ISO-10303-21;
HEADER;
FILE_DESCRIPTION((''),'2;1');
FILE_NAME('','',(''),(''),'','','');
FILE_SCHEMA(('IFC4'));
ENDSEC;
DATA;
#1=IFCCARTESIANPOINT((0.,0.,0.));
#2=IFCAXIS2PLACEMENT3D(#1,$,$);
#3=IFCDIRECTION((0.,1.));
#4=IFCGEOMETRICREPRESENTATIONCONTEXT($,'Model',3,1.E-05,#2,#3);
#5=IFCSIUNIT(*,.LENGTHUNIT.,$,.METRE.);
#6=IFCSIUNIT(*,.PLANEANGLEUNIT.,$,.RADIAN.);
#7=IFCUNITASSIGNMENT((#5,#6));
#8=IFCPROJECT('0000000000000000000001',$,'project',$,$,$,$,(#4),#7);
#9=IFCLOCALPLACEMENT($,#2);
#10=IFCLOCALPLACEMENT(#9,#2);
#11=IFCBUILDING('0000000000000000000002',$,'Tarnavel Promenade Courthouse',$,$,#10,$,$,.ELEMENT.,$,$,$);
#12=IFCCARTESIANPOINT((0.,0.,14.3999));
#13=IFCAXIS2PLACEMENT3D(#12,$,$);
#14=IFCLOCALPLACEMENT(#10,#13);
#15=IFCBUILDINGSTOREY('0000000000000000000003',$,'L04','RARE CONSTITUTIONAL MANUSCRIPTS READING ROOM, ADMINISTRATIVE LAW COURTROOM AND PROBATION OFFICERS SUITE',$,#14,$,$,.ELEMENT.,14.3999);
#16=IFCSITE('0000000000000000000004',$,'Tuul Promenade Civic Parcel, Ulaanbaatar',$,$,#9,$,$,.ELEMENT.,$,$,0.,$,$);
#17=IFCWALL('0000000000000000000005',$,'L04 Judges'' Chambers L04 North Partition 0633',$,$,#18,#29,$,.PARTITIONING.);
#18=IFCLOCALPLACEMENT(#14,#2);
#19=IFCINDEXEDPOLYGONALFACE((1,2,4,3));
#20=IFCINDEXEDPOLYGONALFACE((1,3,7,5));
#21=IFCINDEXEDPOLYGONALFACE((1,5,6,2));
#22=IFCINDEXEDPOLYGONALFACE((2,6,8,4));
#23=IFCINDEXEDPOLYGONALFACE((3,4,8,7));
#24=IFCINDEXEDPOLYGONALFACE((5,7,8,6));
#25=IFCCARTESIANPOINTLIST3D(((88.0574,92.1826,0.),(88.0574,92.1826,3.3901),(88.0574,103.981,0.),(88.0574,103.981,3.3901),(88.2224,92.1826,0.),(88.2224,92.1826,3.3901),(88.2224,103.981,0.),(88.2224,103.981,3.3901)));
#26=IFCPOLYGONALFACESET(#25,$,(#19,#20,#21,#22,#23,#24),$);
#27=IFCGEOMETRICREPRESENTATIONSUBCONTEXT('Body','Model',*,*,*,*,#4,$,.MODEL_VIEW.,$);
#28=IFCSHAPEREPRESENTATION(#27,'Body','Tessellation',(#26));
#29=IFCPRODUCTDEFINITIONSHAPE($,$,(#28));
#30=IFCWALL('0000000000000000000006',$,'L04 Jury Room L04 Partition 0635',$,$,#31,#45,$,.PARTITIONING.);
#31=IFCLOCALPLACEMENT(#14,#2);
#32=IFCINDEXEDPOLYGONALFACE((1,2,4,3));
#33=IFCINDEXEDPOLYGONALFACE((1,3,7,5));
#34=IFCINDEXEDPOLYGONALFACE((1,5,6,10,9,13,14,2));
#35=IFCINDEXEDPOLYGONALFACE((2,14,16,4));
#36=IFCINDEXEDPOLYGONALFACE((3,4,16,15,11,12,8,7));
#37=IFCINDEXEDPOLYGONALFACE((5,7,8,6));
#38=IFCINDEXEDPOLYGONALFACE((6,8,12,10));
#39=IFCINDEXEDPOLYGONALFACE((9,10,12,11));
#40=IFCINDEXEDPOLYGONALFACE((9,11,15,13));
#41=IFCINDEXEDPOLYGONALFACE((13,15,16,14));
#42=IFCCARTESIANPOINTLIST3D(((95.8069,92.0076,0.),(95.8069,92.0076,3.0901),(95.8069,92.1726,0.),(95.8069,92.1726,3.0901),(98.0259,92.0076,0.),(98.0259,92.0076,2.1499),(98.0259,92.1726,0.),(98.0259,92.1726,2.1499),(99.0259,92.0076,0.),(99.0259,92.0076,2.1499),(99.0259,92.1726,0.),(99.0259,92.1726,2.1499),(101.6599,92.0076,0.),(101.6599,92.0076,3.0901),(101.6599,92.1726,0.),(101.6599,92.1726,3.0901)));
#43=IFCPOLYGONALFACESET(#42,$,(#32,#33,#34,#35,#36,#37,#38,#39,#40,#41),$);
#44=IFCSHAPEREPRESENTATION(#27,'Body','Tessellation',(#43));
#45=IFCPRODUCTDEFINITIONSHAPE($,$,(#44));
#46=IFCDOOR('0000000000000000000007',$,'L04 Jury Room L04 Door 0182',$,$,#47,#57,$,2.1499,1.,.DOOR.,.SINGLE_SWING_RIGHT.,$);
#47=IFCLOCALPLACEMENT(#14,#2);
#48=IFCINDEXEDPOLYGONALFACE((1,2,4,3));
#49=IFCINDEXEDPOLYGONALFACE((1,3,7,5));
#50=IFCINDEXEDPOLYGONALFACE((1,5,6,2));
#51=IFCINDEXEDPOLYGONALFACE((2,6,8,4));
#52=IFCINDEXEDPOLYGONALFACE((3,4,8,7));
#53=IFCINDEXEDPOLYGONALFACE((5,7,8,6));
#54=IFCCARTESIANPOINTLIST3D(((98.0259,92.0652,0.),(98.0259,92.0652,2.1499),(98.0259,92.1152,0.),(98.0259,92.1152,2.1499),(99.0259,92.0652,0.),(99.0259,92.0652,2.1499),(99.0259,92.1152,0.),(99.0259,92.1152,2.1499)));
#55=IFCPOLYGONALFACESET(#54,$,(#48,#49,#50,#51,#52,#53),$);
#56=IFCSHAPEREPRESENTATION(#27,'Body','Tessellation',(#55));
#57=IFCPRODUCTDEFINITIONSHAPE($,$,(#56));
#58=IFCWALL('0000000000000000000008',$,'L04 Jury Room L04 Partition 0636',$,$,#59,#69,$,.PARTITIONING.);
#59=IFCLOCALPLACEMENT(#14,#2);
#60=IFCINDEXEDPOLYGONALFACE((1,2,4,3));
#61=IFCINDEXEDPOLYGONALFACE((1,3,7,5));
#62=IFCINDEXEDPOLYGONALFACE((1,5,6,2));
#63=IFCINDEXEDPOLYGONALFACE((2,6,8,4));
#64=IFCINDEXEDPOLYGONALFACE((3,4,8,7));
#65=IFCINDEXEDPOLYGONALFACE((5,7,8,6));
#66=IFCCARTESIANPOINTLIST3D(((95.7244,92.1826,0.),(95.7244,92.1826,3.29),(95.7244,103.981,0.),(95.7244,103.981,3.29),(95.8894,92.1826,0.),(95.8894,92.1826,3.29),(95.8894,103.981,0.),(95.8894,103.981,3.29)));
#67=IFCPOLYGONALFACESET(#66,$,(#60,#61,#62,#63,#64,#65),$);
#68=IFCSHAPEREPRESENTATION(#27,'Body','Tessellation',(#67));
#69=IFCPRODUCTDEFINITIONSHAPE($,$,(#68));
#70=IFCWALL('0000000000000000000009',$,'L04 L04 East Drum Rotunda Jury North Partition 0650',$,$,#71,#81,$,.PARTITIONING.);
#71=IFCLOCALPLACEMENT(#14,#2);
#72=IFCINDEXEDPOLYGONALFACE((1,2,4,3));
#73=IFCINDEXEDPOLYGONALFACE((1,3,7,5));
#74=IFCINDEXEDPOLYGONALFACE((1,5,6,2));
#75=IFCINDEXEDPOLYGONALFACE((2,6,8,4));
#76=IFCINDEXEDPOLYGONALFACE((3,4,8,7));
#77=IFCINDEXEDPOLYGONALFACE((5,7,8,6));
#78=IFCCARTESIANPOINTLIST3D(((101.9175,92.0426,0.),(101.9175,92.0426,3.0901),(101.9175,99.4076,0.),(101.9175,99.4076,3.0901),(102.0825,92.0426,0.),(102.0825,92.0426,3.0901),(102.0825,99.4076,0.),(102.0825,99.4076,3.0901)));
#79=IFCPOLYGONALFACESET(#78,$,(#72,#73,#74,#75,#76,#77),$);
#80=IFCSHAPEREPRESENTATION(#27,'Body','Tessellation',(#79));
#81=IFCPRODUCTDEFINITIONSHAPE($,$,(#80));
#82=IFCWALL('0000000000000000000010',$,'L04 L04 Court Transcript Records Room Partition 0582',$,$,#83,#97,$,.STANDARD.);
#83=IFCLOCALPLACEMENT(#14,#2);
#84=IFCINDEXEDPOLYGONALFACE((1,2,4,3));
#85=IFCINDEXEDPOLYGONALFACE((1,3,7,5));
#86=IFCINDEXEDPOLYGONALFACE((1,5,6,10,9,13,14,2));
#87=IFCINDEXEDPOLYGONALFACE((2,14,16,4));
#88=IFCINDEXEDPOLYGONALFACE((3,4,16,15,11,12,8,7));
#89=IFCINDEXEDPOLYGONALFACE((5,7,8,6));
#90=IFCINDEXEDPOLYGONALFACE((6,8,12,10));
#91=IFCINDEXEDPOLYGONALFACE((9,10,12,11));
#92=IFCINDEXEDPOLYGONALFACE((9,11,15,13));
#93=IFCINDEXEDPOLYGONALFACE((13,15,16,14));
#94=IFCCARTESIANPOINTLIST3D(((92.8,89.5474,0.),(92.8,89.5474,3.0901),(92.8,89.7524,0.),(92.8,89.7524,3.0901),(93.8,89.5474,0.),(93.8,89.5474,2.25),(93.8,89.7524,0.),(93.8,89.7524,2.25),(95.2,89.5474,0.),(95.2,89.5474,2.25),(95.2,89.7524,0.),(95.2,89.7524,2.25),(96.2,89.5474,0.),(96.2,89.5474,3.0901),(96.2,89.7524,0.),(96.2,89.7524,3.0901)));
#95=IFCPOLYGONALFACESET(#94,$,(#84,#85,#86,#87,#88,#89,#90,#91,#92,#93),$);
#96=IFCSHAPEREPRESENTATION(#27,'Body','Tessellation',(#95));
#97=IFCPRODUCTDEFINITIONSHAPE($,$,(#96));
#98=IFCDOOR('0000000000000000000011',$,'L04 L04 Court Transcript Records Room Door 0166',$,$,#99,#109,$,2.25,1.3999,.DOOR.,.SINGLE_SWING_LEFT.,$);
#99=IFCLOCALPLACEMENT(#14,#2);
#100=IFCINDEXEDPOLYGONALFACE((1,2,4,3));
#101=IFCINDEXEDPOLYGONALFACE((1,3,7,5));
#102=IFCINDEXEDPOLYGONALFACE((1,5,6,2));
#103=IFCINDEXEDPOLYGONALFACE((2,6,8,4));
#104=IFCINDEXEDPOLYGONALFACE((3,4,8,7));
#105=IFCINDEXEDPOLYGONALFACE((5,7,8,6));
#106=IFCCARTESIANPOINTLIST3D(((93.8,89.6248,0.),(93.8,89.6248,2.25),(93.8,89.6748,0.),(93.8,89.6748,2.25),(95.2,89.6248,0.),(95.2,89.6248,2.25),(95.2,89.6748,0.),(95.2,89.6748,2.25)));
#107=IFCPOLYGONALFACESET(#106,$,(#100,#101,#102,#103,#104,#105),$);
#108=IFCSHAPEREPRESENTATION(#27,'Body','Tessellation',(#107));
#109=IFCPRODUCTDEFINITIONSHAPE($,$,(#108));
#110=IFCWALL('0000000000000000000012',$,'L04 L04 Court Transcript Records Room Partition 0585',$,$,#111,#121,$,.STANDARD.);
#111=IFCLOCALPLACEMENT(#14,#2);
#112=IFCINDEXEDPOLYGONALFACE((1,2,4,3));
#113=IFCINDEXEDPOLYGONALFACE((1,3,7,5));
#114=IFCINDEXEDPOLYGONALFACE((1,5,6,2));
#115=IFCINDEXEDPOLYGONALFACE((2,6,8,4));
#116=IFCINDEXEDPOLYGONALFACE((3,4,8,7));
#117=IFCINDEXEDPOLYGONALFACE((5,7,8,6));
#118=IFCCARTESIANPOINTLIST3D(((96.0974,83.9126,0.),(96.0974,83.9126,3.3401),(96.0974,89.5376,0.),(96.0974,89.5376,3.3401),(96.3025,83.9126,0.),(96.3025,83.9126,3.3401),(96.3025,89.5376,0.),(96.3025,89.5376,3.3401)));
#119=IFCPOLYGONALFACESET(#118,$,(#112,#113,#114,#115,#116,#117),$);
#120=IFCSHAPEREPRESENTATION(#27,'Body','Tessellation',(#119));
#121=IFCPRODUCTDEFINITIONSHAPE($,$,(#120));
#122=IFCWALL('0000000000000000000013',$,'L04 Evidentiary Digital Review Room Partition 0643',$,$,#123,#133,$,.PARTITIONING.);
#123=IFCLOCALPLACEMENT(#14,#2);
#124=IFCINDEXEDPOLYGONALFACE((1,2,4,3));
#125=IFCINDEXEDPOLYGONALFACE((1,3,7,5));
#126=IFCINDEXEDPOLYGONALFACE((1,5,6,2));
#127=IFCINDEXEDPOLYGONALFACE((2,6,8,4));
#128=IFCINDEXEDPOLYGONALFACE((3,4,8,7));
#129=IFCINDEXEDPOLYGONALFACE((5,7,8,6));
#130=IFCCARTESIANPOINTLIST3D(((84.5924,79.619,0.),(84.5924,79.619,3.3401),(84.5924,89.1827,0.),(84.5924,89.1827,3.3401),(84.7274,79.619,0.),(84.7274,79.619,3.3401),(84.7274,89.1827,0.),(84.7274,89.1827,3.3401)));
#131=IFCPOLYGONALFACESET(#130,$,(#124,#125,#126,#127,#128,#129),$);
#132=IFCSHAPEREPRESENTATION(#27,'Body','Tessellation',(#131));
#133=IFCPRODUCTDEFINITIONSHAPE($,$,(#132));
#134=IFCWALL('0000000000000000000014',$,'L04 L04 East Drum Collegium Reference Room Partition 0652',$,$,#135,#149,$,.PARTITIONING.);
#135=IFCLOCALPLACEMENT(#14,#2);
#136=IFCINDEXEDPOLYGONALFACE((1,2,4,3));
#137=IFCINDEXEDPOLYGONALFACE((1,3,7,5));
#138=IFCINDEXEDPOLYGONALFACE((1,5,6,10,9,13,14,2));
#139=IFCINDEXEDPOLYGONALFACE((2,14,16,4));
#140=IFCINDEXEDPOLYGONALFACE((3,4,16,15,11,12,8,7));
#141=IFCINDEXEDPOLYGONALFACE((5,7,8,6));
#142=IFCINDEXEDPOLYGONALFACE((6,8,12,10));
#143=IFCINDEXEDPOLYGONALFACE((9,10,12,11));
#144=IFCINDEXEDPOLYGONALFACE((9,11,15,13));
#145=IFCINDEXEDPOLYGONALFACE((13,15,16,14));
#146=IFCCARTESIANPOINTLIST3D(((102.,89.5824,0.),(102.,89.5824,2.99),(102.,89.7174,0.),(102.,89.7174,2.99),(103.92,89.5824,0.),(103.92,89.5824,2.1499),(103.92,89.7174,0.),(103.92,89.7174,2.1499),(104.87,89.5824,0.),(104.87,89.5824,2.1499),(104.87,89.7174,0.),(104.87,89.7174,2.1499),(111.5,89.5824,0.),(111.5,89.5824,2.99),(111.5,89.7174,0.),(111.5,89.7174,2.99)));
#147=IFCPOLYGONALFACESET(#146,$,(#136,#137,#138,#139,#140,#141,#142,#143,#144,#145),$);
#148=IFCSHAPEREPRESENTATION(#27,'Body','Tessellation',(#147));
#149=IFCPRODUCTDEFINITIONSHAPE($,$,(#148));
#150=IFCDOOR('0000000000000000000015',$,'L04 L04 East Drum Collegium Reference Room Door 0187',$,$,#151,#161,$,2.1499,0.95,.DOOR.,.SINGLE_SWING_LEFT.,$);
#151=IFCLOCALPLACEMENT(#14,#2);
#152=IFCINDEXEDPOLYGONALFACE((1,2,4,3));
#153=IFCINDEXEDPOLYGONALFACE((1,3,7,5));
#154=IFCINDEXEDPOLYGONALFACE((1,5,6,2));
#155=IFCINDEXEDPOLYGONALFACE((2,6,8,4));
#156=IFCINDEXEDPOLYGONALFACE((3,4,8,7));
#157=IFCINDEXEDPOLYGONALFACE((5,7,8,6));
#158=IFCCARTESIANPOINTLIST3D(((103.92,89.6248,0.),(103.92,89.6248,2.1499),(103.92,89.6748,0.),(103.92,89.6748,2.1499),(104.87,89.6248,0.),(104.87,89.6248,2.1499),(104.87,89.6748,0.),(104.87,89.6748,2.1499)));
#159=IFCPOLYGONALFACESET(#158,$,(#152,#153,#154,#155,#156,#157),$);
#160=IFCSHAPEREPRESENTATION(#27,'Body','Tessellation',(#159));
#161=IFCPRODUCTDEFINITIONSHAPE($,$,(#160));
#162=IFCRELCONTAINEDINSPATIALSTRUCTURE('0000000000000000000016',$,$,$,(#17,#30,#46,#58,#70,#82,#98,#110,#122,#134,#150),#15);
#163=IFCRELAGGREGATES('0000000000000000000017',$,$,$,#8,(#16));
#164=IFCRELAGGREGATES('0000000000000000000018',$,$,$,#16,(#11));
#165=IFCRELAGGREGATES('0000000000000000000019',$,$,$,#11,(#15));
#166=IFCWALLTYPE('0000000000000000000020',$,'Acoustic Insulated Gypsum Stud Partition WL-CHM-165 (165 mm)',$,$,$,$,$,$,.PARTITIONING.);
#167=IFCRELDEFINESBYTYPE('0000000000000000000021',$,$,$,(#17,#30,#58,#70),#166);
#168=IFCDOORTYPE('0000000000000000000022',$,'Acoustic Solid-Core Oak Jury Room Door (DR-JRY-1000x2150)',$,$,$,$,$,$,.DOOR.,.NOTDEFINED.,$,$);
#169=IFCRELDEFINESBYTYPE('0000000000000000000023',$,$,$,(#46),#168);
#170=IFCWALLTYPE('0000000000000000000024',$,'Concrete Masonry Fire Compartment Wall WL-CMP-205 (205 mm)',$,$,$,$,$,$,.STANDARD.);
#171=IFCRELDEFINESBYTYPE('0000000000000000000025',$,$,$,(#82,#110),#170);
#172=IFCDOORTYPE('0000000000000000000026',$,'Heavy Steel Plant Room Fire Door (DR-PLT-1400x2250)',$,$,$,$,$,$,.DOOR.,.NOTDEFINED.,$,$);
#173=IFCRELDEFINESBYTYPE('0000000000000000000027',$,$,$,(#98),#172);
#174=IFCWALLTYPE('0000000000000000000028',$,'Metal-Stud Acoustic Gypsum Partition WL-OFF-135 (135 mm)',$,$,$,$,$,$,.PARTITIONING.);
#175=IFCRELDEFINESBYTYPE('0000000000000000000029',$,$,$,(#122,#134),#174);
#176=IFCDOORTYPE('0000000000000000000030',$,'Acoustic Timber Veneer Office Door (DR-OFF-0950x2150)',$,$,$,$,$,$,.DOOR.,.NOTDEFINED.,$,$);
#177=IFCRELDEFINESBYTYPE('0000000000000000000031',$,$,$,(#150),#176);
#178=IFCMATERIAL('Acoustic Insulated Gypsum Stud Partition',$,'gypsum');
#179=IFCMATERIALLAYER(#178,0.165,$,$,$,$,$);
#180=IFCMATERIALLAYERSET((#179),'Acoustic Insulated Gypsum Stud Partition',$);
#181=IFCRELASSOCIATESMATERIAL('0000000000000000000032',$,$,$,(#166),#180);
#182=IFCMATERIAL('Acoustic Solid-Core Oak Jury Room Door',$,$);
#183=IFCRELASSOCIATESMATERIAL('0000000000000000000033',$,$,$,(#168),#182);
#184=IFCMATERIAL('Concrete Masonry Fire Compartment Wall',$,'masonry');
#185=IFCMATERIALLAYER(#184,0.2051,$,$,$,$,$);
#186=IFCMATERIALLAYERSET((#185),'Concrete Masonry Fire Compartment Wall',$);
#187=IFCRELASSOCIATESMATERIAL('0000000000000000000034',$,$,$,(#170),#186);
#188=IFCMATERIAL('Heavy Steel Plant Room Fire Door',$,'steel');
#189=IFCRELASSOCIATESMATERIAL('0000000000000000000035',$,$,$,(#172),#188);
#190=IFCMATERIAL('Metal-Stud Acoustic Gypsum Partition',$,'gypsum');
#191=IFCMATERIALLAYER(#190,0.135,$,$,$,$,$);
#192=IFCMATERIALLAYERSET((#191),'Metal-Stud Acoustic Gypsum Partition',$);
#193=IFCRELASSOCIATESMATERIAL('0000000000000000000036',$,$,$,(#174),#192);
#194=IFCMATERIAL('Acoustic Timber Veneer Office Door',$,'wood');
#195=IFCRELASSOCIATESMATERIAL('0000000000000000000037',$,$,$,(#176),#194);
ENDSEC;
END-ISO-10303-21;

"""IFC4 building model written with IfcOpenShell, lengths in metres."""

from ifc_helpers import new_model, si_unit, direction, frame, frame_2d, origin, place, context, subcontext, project, spatial, rectangle, extrude, material, layer, layer_set, type_object, element, fill, save


model = new_model("IFC4")

# Units and contexts
model_context = context("Model", 3, precision=1e-05, world=origin(), true_north=direction((0.0, 1.0)))
body_context = subcontext(model_context, "Body", "Model", "MODEL_VIEW")
ifc_project = project(units=[si_unit("LENGTHUNIT", "METRE"), si_unit("PLANEANGLEUNIT", "RADIAN")], contexts=[model_context])

# Site, building, storey
site_placement = place(None, origin())
site = spatial("IfcSite", under=ifc_project, at=site_placement, Name="Tuul Promenade Civic Parcel, Ulaanbaatar", CompositionType="ELEMENT", RefElevation=0.0)
building_placement = place(site_placement, origin())
building = spatial("IfcBuilding", under=site, at=building_placement, Name="Tarnavel Promenade Courthouse", CompositionType="ELEMENT")
storey_placement = place(building_placement, frame((0.0, 0.0, 14.3999)))
storey = spatial("IfcBuildingStorey", under=building, at=storey_placement, Name="L04", Description="RARE CONSTITUTIONAL MANUSCRIPTS READING ROOM, ADMINISTRATIVE LAW COURTROOM AND PROBATION OFFICERS SUITE", CompositionType="ELEMENT", Elevation=14.3999)

# Shared definitions
ifc_material_1 = material(Name="Acoustic Insulated Gypsum Stud Partition", Category="gypsum")
ifc_layer_1 = layer(ifc_material_1, 0.165)
ifc_layer_set_1 = layer_set([ifc_layer_1], Name="Acoustic Insulated Gypsum Stud Partition")
wall_type_1 = type_object("IfcWallType", Name="Acoustic Insulated Gypsum Stud Partition WL-CHM-165 (165 mm)", PredefinedType="PARTITIONING", material=ifc_layer_set_1)
ifc_material_2 = material(Name="Acoustic Solid-Core Oak Jury Room Door")
door_type_1 = type_object("IfcDoorType", Name="Acoustic Solid-Core Oak Jury Room Door (DR-JRY-1000x2150)", OperationType="NOTDEFINED", PredefinedType="DOOR", material=ifc_material_2)

# Wall
wall_1_placement = place(storey_placement, frame((88.1399, 92.1826, 0.0), z_axis=(0.0, 0.0, 1.0), x_axis=(0.0, 1.0, 0.0)))
element("IfcWall", 1, at=wall_1_placement, inside=storey, type_object=wall_type_1, Name="L04 Judges' Chambers L04 North Partition 0633", PredefinedType="PARTITIONING", context=body_context, shape_type="SweptSolid", body=[
    extrude(rectangle(XDim=11.7983, YDim=0.165, at=frame_2d((5.8992, 0.0))), origin(), (0.0, 0.0, 1.0), 3.3901),
])

# Wall, opening, door
wall_2_placement = place(storey_placement, frame((101.6599, 92.0901, 0.0), z_axis=(0.0, 0.0, 1.0), x_axis=(-1.0, 0.0, 0.0)))
wall_2 = element("IfcWall", 2, at=wall_2_placement, inside=storey, type_object=wall_type_1, Name="L04 Jury Room L04 Partition 0635", PredefinedType="PARTITIONING", context=body_context, shape_type="SweptSolid", body=[
    extrude(rectangle(XDim=5.853, YDim=0.165, at=frame_2d((2.9265, 0.0))), origin(), (0.0, 0.0, 1.0), 3.0901),
])
opening_1_placement = place(wall_2_placement, frame((2.634, 0.0, 0.0)))
opening_1 = element("IfcOpeningElement", 3, at=opening_1_placement, cuts=wall_2, PredefinedType="OPENING", context=body_context, shape_type="SweptSolid", body=[
    extrude(rectangle(XDim=1.0, YDim=2.1499, at=frame_2d((0.5, 1.075))), frame((0.0, 0.0925, 0.0), z_axis=(0.0, -1.0, 0.0), x_axis=(1.0, 0.0, 0.0)), (0.0, 0.0, 1.0), 0.1851),
])
door_1_placement = place(opening_1_placement, origin())
door_1 = element("IfcDoor", 4, at=door_1_placement, inside=storey, type_object=door_type_1, Name="L04 Jury Room L04 Door 0182", OperationType="SINGLE_SWING_RIGHT", OverallHeight=2.1499, OverallWidth=1.0, PredefinedType="DOOR", context=body_context, shape_type="SweptSolid", body=[
    extrude(rectangle(XDim=1.0, YDim=2.1499, at=frame_2d((0.5, 1.075))), frame((0.0, 0.0249, 0.0), z_axis=(0.0, -1.0, 0.0), x_axis=(1.0, 0.0, 0.0)), (0.0, 0.0, 1.0), 0.05),
])
fill(opening_1, door_1)

# Walls
wall_3_placement = place(storey_placement, frame((95.8069, 92.1826, 0.0), z_axis=(0.0, 0.0, 1.0), x_axis=(0.0, 1.0, 0.0)))
element("IfcWall", 5, at=wall_3_placement, inside=storey, type_object=wall_type_1, Name="L04 Jury Room L04 Partition 0636", PredefinedType="PARTITIONING", context=body_context, shape_type="SweptSolid", body=[
    extrude(rectangle(XDim=11.7983, YDim=0.165, at=frame_2d((5.8992, 0.0))), origin(), (0.0, 0.0, 1.0), 3.29),
])
wall_4_placement = place(storey_placement, frame((102.0, 92.0425, 0.0), z_axis=(0.0, 0.0, 1.0), x_axis=(0.0, 1.0, 0.0)))
element("IfcWall", 6, at=wall_4_placement, inside=storey, type_object=wall_type_1, Name="L04 L04 East Drum Rotunda Jury North Partition 0650", PredefinedType="PARTITIONING", context=body_context, shape_type="SweptSolid", body=[
    extrude(rectangle(XDim=7.365, YDim=0.165, at=frame_2d((3.6826, 0.0))), origin(), (0.0, 0.0, 1.0), 3.0901),
])

# Wall, opening, door
ifc_material_3 = material(Name="Concrete Masonry Fire Compartment Wall", Category="masonry")
ifc_layer_2 = layer(ifc_material_3, 0.2051)
ifc_layer_set_2 = layer_set([ifc_layer_2], Name="Concrete Masonry Fire Compartment Wall")
wall_type_2 = type_object("IfcWallType", Name="Concrete Masonry Fire Compartment Wall WL-CMP-205 (205 mm)", PredefinedType="STANDARD", material=ifc_layer_set_2)
wall_5_placement = place(storey_placement, frame((92.8, 89.6499, 0.0), z_axis=(0.0, 0.0, 1.0), x_axis=(1.0, 0.0, 0.0)))
wall_5 = element("IfcWall", 7, at=wall_5_placement, inside=storey, type_object=wall_type_2, Name="L04 L04 Court Transcript Records Room Partition 0582", PredefinedType="STANDARD", context=body_context, shape_type="SweptSolid", body=[
    extrude(rectangle(XDim=3.3999, YDim=0.2051, at=frame_2d((1.7, 0.0))), origin(), (0.0, 0.0, 1.0), 3.0901),
])
opening_2_placement = place(wall_5_placement, frame((1.0, 0.0, 0.0)))
opening_2 = element("IfcOpeningElement", 8, at=opening_2_placement, cuts=wall_5, PredefinedType="OPENING", context=body_context, shape_type="SweptSolid", body=[
    extrude(rectangle(XDim=1.3999, YDim=2.25, at=frame_2d((0.7, 1.125))), frame((0.0, 0.1125, 0.0), z_axis=(0.0, -1.0, 0.0), x_axis=(1.0, 0.0, 0.0)), (0.0, 0.0, 1.0), 0.2251),
])
ifc_material_4 = material(Name="Heavy Steel Plant Room Fire Door", Category="steel")
door_type_2 = type_object("IfcDoorType", Name="Heavy Steel Plant Room Fire Door (DR-PLT-1400x2250)", OperationType="NOTDEFINED", PredefinedType="DOOR", material=ifc_material_4)
door_2_placement = place(opening_2_placement, origin())
door_2 = element("IfcDoor", 9, at=door_2_placement, inside=storey, type_object=door_type_2, Name="L04 L04 Court Transcript Records Room Door 0166", OperationType="SINGLE_SWING_LEFT", OverallHeight=2.25, OverallWidth=1.3999, PredefinedType="DOOR", context=body_context, shape_type="SweptSolid", body=[
    extrude(rectangle(XDim=1.3999, YDim=2.25, at=frame_2d((0.7, 1.125))), frame((0.0, 0.0249, 0.0), z_axis=(0.0, -1.0, 0.0), x_axis=(1.0, 0.0, 0.0)), (0.0, 0.0, 1.0), 0.05),
])
fill(opening_2, door_2)

# Walls
wall_6_placement = place(storey_placement, frame((96.2, 89.5376, 0.0), z_axis=(0.0, 0.0, 1.0), x_axis=(0.0, -1.0, 0.0)))
element("IfcWall", 10, at=wall_6_placement, inside=storey, type_object=wall_type_2, Name="L04 L04 Court Transcript Records Room Partition 0585", PredefinedType="STANDARD", context=body_context, shape_type="SweptSolid", body=[
    extrude(rectangle(XDim=5.625, YDim=0.2051, at=frame_2d((2.8125, 0.0))), origin(), (0.0, 0.0, 1.0), 3.3401),
])
ifc_material_5 = material(Name="Metal-Stud Acoustic Gypsum Partition", Category="gypsum")
ifc_layer_3 = layer(ifc_material_5, 0.135)
ifc_layer_set_3 = layer_set([ifc_layer_3], Name="Metal-Stud Acoustic Gypsum Partition")
wall_type_3 = type_object("IfcWallType", Name="Metal-Stud Acoustic Gypsum Partition WL-OFF-135 (135 mm)", PredefinedType="PARTITIONING", material=ifc_layer_set_3)
wall_7_placement = place(storey_placement, frame((84.6599, 89.1826, 0.0), z_axis=(0.0, 0.0, 1.0), x_axis=(0.0, -1.0, 0.0)))
element("IfcWall", 11, at=wall_7_placement, inside=storey, type_object=wall_type_3, Name="L04 Evidentiary Digital Review Room Partition 0643", PredefinedType="PARTITIONING", context=body_context, shape_type="SweptSolid", body=[
    extrude(rectangle(XDim=9.5637, YDim=0.135, at=frame_2d((4.7817, 0.0))), origin(), (0.0, 0.0, 1.0), 3.3401),
])

# Wall, opening, door
wall_8_placement = place(storey_placement, frame((102.0, 89.6499, 0.0), z_axis=(0.0, 0.0, 1.0), x_axis=(1.0, 0.0, 0.0)))
wall_8 = element("IfcWall", 12, at=wall_8_placement, inside=storey, type_object=wall_type_3, Name="L04 L04 East Drum Collegium Reference Room Partition 0652", PredefinedType="PARTITIONING", context=body_context, shape_type="SweptSolid", body=[
    extrude(rectangle(XDim=9.5, YDim=0.135, at=frame_2d((4.75, 0.0))), origin(), (0.0, 0.0, 1.0), 2.99),
])
opening_3_placement = place(wall_8_placement, frame((1.9199, 0.0, 0.0)))
opening_3 = element("IfcOpeningElement", 13, at=opening_3_placement, cuts=wall_8, PredefinedType="OPENING", context=body_context, shape_type="SweptSolid", body=[
    extrude(rectangle(XDim=0.95, YDim=2.1499, at=frame_2d((0.4751, 1.075))), frame((0.0, 0.0774, 0.0), z_axis=(0.0, -1.0, 0.0), x_axis=(1.0, 0.0, 0.0)), (0.0, 0.0, 1.0), 0.155),
])
ifc_material_6 = material(Name="Acoustic Timber Veneer Office Door", Category="wood")
door_type_3 = type_object("IfcDoorType", Name="Acoustic Timber Veneer Office Door (DR-OFF-0950x2150)", OperationType="NOTDEFINED", PredefinedType="DOOR", material=ifc_material_6)
door_3_placement = place(opening_3_placement, origin())
door_3 = element("IfcDoor", 14, at=door_3_placement, inside=storey, type_object=door_type_3, Name="L04 L04 East Drum Collegium Reference Room Door 0187", OperationType="SINGLE_SWING_LEFT", OverallHeight=2.1499, OverallWidth=0.95, PredefinedType="DOOR", context=body_context, shape_type="SweptSolid", body=[
    extrude(rectangle(XDim=0.95, YDim=2.1499, at=frame_2d((0.4751, 1.075))), frame((0.0, 0.0249, 0.0), z_axis=(0.0, -1.0, 0.0), x_axis=(1.0, 0.0, 0.0)), (0.0, 0.0, 1.0), 0.05),
])
fill(opening_3, door_3)

save(model, "model.ifc")
